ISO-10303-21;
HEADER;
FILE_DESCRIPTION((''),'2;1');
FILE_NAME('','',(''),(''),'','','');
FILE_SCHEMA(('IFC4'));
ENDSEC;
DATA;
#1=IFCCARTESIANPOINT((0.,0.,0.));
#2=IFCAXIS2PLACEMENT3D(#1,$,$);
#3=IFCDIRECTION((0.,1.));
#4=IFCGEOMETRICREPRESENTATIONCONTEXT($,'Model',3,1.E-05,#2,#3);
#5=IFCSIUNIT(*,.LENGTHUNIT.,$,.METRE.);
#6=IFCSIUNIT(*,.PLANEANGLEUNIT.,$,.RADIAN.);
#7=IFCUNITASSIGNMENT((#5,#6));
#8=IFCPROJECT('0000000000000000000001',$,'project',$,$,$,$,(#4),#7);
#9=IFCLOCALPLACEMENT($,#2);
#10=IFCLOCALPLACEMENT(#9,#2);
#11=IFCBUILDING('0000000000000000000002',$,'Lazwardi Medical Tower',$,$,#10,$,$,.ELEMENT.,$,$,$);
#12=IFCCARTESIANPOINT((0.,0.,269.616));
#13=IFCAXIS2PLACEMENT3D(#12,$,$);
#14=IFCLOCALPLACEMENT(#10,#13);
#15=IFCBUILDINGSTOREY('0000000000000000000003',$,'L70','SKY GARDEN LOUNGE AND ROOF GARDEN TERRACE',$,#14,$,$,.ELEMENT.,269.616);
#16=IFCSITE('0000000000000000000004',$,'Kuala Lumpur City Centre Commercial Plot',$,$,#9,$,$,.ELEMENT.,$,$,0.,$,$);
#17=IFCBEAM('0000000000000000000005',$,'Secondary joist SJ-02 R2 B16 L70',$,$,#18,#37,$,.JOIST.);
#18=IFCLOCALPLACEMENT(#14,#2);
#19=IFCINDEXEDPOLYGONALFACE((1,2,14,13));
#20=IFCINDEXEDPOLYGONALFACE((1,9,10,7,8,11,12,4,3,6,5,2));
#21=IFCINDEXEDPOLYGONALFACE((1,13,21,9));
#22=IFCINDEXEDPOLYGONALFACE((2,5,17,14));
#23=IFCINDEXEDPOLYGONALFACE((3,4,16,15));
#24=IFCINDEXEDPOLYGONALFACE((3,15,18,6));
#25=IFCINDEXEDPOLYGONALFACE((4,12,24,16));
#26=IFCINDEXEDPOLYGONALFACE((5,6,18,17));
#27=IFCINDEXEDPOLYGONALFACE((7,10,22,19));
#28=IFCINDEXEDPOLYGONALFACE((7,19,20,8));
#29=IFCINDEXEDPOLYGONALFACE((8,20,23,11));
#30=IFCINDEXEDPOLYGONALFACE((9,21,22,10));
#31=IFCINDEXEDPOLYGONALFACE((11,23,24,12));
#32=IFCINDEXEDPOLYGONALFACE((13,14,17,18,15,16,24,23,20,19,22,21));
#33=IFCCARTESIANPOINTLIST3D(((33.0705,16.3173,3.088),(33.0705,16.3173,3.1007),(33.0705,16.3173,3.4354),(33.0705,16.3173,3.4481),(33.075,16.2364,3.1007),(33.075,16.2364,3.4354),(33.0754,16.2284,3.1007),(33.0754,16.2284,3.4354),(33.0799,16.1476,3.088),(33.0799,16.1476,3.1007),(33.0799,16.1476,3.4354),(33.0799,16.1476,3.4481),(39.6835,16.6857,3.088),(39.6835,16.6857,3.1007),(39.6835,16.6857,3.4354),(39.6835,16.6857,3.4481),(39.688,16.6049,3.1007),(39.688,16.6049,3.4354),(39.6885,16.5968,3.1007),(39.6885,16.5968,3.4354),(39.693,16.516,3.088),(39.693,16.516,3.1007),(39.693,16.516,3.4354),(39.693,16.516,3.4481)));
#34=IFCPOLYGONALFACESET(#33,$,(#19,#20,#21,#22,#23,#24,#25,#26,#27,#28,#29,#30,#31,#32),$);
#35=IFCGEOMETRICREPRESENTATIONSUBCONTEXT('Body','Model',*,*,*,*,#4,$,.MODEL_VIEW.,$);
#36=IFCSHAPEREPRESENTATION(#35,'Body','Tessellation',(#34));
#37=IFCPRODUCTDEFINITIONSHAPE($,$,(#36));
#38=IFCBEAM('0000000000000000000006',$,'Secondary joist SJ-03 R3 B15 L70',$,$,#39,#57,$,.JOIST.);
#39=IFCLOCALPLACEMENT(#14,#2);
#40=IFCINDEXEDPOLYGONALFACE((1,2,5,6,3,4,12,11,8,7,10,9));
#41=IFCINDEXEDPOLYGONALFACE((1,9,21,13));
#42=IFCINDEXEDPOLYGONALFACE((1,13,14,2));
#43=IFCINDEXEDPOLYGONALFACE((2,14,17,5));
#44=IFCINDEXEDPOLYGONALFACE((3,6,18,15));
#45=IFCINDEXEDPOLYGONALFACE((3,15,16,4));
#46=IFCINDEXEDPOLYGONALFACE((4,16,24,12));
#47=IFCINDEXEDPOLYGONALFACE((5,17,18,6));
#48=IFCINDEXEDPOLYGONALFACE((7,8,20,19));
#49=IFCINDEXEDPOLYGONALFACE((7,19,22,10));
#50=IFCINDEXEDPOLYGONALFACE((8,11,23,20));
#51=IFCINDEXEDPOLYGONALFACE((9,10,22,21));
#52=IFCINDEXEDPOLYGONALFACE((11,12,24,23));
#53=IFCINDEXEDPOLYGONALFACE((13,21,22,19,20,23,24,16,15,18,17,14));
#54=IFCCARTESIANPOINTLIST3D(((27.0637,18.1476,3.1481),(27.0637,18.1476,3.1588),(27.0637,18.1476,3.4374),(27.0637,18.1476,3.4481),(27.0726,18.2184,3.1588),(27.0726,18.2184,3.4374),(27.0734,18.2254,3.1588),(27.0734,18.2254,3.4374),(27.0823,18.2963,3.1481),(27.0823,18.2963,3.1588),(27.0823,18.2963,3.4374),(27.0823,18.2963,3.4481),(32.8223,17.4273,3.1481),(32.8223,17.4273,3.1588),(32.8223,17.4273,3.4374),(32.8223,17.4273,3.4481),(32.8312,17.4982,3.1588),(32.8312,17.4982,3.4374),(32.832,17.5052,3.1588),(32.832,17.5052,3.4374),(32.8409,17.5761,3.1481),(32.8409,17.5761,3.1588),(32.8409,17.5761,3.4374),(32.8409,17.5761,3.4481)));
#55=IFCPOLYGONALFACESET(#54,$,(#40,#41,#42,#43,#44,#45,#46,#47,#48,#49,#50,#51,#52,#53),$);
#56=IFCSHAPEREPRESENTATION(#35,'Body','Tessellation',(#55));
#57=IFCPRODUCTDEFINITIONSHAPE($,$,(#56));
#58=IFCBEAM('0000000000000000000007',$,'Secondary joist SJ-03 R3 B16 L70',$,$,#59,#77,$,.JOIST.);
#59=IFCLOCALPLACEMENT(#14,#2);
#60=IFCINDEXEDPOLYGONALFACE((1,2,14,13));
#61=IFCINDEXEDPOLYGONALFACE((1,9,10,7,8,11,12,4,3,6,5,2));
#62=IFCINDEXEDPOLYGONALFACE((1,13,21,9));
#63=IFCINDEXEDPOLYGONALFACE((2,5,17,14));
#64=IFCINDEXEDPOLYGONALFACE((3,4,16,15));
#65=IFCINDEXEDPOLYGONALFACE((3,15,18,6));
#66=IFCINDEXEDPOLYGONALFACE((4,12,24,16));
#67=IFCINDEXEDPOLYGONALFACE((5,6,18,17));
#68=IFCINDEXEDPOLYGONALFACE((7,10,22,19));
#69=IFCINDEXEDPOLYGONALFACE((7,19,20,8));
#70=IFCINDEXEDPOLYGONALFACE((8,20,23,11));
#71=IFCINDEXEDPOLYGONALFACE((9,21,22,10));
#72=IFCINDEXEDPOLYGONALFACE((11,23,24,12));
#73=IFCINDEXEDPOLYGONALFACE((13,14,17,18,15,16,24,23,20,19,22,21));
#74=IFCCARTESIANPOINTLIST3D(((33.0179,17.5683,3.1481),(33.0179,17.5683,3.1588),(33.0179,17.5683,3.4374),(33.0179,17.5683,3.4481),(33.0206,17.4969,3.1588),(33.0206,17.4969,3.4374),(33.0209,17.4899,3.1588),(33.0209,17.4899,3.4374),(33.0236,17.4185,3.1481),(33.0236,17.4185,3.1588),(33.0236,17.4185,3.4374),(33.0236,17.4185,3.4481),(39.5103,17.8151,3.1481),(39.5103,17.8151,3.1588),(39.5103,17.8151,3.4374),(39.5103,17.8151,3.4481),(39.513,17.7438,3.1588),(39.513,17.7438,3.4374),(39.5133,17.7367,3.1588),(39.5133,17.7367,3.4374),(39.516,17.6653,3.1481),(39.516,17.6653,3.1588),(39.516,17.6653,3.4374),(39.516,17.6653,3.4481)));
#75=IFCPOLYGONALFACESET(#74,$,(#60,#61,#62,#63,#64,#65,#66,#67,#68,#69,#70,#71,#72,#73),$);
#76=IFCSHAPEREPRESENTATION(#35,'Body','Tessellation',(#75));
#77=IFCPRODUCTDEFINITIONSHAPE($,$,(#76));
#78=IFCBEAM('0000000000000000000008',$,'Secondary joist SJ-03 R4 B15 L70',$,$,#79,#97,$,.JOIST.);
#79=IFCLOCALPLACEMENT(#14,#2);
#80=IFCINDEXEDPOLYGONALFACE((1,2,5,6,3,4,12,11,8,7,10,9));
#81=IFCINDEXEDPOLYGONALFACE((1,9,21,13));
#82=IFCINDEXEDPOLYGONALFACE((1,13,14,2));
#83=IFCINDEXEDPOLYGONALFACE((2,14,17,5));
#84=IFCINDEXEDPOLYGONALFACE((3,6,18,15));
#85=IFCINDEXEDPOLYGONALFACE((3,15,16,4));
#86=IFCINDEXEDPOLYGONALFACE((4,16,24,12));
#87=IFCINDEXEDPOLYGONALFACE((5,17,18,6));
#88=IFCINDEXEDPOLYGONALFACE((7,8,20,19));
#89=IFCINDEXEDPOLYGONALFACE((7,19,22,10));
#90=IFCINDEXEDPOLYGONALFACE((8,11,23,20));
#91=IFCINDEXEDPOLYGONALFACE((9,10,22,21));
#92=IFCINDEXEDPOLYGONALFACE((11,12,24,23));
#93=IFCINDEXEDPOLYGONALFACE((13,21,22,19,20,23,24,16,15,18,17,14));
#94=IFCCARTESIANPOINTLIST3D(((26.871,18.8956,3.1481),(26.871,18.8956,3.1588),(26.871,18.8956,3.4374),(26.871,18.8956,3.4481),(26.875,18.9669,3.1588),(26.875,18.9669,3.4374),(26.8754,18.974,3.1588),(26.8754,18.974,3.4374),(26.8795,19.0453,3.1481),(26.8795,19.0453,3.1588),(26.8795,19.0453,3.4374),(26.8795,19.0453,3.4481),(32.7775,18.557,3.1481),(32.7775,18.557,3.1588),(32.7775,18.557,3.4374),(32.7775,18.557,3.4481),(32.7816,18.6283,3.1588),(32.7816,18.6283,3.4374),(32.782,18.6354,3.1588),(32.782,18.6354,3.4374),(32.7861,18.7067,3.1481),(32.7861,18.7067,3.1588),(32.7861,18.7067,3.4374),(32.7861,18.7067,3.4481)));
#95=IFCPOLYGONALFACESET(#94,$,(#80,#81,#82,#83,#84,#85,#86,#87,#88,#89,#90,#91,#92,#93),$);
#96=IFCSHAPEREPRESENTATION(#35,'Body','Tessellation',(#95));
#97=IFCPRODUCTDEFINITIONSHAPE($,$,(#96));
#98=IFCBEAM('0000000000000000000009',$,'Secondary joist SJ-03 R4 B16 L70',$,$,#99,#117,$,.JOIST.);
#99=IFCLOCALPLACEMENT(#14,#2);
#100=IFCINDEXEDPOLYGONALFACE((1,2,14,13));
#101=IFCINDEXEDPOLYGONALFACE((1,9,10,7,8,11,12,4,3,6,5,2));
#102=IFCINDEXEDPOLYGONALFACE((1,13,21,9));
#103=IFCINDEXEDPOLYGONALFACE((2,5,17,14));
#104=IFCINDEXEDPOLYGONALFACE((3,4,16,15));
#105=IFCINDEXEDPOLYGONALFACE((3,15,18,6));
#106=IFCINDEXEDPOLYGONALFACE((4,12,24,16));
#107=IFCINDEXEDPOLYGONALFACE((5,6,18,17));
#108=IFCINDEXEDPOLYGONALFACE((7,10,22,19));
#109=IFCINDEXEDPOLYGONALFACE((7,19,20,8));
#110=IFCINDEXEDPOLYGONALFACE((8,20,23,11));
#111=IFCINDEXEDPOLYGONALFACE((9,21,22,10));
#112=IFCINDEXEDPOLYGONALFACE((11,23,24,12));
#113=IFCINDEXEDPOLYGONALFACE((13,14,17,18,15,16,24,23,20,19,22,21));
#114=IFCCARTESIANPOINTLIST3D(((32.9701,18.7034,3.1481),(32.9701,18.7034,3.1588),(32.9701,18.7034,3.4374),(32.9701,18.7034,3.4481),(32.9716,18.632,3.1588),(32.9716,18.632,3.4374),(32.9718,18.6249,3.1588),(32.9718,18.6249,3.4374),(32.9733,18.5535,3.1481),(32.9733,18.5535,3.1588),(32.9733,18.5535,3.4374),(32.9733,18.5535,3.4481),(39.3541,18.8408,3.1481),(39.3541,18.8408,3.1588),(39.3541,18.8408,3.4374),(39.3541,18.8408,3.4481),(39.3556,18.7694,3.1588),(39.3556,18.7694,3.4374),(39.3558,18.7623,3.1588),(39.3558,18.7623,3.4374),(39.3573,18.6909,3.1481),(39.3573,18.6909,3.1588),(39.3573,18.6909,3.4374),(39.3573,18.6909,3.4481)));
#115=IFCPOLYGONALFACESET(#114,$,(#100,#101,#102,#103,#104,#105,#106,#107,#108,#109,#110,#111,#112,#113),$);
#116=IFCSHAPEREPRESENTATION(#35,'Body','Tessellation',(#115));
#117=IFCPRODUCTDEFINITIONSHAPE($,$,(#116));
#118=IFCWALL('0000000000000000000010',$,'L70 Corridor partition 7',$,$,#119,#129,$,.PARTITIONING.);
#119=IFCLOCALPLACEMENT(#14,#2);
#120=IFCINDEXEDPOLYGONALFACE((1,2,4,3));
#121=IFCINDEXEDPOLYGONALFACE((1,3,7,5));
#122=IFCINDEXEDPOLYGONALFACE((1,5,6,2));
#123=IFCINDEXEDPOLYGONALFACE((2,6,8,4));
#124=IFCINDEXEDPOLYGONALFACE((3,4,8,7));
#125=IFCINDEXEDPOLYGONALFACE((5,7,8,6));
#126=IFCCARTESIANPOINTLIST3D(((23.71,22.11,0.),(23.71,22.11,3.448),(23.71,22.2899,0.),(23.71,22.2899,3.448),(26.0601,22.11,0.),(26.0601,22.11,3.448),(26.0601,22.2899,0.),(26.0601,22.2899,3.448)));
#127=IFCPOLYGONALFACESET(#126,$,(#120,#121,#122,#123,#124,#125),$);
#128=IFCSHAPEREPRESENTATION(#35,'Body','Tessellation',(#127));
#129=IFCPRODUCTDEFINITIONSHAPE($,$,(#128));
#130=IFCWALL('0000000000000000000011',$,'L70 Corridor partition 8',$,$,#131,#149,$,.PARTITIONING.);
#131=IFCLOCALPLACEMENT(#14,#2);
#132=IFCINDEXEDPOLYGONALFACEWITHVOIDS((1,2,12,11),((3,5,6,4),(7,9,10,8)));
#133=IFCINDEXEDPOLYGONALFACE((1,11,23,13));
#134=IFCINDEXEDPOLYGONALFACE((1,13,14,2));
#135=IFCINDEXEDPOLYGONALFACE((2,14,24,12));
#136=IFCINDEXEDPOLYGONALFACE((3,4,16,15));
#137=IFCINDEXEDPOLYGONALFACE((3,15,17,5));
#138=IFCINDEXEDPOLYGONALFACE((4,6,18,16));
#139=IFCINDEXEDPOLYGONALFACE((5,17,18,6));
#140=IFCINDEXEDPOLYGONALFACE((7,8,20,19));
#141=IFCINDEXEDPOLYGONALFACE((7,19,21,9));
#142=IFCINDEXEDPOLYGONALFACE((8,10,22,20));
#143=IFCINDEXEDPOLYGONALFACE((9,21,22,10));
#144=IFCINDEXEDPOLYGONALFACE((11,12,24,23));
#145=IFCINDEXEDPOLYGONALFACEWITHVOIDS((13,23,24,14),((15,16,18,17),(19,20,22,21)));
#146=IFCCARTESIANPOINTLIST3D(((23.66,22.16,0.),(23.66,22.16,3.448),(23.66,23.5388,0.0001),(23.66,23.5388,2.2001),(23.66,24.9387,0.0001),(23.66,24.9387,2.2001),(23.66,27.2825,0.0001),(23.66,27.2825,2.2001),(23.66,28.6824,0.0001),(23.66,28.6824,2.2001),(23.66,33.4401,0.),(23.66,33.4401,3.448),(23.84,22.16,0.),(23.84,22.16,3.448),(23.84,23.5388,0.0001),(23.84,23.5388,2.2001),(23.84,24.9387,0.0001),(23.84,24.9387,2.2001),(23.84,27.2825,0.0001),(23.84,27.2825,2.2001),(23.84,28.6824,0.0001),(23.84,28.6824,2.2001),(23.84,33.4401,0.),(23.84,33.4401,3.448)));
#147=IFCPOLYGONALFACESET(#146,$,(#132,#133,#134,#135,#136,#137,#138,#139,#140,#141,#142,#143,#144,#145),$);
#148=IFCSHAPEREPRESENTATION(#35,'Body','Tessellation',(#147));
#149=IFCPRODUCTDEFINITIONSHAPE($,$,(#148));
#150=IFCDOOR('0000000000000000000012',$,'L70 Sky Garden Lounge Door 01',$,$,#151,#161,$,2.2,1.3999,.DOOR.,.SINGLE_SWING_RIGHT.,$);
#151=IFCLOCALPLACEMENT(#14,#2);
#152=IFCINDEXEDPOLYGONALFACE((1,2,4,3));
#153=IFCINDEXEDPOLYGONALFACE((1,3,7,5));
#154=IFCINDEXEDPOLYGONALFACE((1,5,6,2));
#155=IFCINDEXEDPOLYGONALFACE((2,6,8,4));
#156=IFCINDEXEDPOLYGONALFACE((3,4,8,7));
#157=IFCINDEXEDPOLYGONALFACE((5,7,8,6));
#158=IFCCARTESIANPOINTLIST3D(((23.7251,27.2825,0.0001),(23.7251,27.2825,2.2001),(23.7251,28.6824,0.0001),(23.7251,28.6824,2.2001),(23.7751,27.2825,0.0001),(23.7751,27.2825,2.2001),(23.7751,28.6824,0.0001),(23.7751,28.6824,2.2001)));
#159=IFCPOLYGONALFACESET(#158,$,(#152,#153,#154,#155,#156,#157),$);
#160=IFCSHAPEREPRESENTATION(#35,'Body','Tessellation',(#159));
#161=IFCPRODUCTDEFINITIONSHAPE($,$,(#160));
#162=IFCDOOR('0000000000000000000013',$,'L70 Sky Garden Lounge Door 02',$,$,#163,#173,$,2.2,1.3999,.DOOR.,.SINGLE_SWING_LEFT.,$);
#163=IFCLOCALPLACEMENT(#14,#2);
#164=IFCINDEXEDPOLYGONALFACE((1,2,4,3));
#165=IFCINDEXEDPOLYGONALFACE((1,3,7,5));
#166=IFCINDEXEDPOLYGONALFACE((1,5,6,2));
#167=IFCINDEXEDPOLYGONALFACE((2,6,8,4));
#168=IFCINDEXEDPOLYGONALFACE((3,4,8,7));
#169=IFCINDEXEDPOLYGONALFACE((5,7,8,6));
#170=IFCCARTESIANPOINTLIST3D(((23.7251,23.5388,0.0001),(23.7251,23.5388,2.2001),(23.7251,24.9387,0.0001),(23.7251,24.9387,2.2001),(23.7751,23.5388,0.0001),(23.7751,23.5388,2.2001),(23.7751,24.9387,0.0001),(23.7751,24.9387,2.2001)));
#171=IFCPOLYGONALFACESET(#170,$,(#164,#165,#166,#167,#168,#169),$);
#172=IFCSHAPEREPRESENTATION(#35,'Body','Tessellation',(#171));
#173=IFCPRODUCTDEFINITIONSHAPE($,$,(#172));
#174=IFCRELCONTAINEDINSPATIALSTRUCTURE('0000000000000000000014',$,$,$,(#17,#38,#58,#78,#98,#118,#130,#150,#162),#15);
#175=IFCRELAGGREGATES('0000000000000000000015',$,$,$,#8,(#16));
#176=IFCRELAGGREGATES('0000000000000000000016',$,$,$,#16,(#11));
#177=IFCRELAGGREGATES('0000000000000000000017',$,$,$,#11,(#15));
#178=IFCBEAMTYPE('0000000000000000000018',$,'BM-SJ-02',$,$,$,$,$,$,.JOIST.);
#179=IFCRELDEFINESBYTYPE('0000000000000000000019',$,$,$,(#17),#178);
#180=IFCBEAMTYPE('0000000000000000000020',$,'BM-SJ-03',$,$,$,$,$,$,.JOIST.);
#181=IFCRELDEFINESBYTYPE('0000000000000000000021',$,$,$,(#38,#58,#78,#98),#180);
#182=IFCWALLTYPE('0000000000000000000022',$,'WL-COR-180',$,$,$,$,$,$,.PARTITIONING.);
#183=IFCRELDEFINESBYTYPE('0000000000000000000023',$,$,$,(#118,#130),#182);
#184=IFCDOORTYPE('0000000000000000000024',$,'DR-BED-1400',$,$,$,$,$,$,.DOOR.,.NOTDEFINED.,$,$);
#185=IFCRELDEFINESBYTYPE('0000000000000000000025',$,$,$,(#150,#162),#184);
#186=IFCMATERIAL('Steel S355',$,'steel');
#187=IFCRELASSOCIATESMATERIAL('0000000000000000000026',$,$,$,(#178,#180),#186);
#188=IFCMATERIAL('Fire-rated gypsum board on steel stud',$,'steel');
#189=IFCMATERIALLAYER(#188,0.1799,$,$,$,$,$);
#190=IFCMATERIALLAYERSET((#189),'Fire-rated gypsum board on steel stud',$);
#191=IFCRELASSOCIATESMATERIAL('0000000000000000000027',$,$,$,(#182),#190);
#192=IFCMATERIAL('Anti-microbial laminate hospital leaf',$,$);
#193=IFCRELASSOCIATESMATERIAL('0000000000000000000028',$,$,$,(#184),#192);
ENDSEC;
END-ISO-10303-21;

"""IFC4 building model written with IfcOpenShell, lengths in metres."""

from ifc_helpers import new_model, si_unit, direction, frame, frame_2d, origin, origin_2d, place, context, subcontext, project, spatial, rectangle, i_section, extrude, material, layer, layer_set, material_profile, profile_set, type_object, element, fill, save


model = new_model("IFC4")

# Units and contexts
model_context = context("Model", 3, precision=1e-05, world=origin(), true_north=direction((0.0, 1.0)))
body_context = subcontext(model_context, "Body", "Model", "MODEL_VIEW")
ifc_project = project(units=[si_unit("LENGTHUNIT", "METRE"), si_unit("PLANEANGLEUNIT", "RADIAN")], contexts=[model_context])

# Site, building, storey
site_placement = place(None, origin())
site = spatial("IfcSite", under=ifc_project, at=site_placement, Name="Kuala Lumpur City Centre Commercial Plot", CompositionType="ELEMENT", RefElevation=0.0)
building_placement = place(site_placement, origin())
building = spatial("IfcBuilding", under=site, at=building_placement, Name="Lazwardi Medical Tower", CompositionType="ELEMENT")
storey_placement = place(building_placement, frame((0.0, 0.0, 269.616)))
storey = spatial("IfcBuildingStorey", under=building, at=storey_placement, Name="L70", Description="SKY GARDEN LOUNGE AND ROOF GARDEN TERRACE", CompositionType="ELEMENT", Elevation=269.616)

# Beams
ifc_material_1 = material(Name="Steel S355", Category="steel")
ifc_material_profile_1 = material_profile(ifc_material_1, i_section(OverallWidth=0.1699, OverallDepth=0.3601, WebThickness=0.0081, FlangeThickness=0.0127, at=origin_2d()), Name="IPE 360")
ifc_profile_set_1 = profile_set([ifc_material_profile_1], Name="Steel S355")
beam_type_1 = type_object("IfcBeamType", Name="BM-SJ-02", PredefinedType="JOIST", material=ifc_profile_set_1)
beam_1_placement = place(storey_placement, frame((33.0752, 16.2324, 3.2681), z_axis=(0.998452, 0.055623, 0.0), x_axis=(-0.055623, 0.998452, 0.0)))
element("IfcBeam", 1, at=beam_1_placement, inside=storey, type_object=beam_type_1, Name="Secondary joist SJ-02 R2 B16 L70", PredefinedType="JOIST", context=body_context, shape_type="SweptSolid", body=[
    extrude(i_section(OverallWidth=0.1699, OverallDepth=0.3601, WebThickness=0.0081, FlangeThickness=0.0127, at=origin_2d()), origin(), (0.0, 0.0, 1.0), 6.6233),
])
ifc_material_profile_2 = material_profile(ifc_material_1, i_section(OverallWidth=0.1499, OverallDepth=0.3, WebThickness=0.0071, FlangeThickness=0.0107, at=origin_2d()), Name="IPE 300")
ifc_profile_set_2 = profile_set([ifc_material_profile_2], Name="Steel S355")
beam_type_2 = type_object("IfcBeamType", Name="BM-SJ-03", PredefinedType="JOIST", material=ifc_profile_set_2)
beam_2_placement = place(storey_placement, frame((27.073, 18.2219, 3.2981), z_axis=(0.992269, -0.124102, 0.0), x_axis=(0.124102, 0.992269, 0.0)))
element("IfcBeam", 2, at=beam_2_placement, inside=storey, type_object=beam_type_2, Name="Secondary joist SJ-03 R3 B15 L70", PredefinedType="JOIST", context=body_context, shape_type="SweptSolid", body=[
    extrude(i_section(OverallWidth=0.1499, OverallDepth=0.3, WebThickness=0.0071, FlangeThickness=0.0107, at=origin_2d()), origin(), (0.0, 0.0, 1.0), 5.8035),
])
beam_3_placement = place(storey_placement, frame((33.0208, 17.4934, 3.2981), z_axis=(0.999278, 0.03799, 0.0), x_axis=(-0.03799, 0.999278, 0.0)))
element("IfcBeam", 3, at=beam_3_placement, inside=storey, type_object=beam_type_2, Name="Secondary joist SJ-03 R3 B16 L70", PredefinedType="JOIST", context=body_context, shape_type="SweptSolid", body=[
    extrude(i_section(OverallWidth=0.1499, OverallDepth=0.3, WebThickness=0.0071, FlangeThickness=0.0107, at=origin_2d()), origin(), (0.0, 0.0, 1.0), 6.4971),
])
beam_4_placement = place(storey_placement, frame((26.8752, 18.9705, 3.2981), z_axis=(0.998361, -0.057237, 0.0), x_axis=(0.057237, 0.998361, 0.0)))
element("IfcBeam", 4, at=beam_4_placement, inside=storey, type_object=beam_type_2, Name="Secondary joist SJ-03 R4 B15 L70", PredefinedType="JOIST", context=body_context, shape_type="SweptSolid", body=[
    extrude(i_section(OverallWidth=0.1499, OverallDepth=0.3, WebThickness=0.0071, FlangeThickness=0.0107, at=origin_2d()), origin(), (0.0, 0.0, 1.0), 5.9163),
])
beam_5_placement = place(storey_placement, frame((32.9717, 18.6284, 3.2981), z_axis=(0.999768, 0.021525, 0.0), x_axis=(-0.021525, 0.999768, 0.0)))
element("IfcBeam", 5, at=beam_5_placement, inside=storey, type_object=beam_type_2, Name="Secondary joist SJ-03 R4 B16 L70", PredefinedType="JOIST", context=body_context, shape_type="SweptSolid", body=[
    extrude(i_section(OverallWidth=0.1499, OverallDepth=0.3, WebThickness=0.0071, FlangeThickness=0.0107, at=origin_2d()), origin(), (0.0, 0.0, 1.0), 6.3855),
])

# Wall
ifc_material_2 = material(Name="Fire-rated gypsum board on steel stud", Category="steel")
ifc_layer_1 = layer(ifc_material_2, 0.1799)
ifc_layer_set_1 = layer_set([ifc_layer_1], Name="Fire-rated gypsum board on steel stud")
wall_type_1 = type_object("IfcWallType", Name="WL-COR-180", PredefinedType="PARTITIONING", material=ifc_layer_set_1)
wall_1_placement = place(storey_placement, frame((26.0601, 22.2, 0.0), z_axis=(0.0, 0.0, 1.0), x_axis=(-1.0, 0.0, 0.0)))
element("IfcWall", 6, at=wall_1_placement, inside=storey, type_object=wall_type_1, Name="L70 Corridor partition 7", PredefinedType="PARTITIONING", context=body_context, shape_type="SweptSolid", body=[
    extrude(rectangle(XDim=2.3501, YDim=0.1799, at=frame_2d((1.175, 0.0))), origin(), (0.0, 0.0, 1.0), 3.448),
])

# Wall, openings, doors
wall_2_placement = place(storey_placement, frame((23.75, 22.1599, 0.0), z_axis=(0.0, 0.0, 1.0), x_axis=(0.0, 1.0, 0.0)))
wall_2 = element("IfcWall", 7, at=wall_2_placement, inside=storey, type_object=wall_type_1, Name="L70 Corridor partition 8", PredefinedType="PARTITIONING", context=body_context, shape_type="SweptSolid", body=[
    extrude(rectangle(XDim=11.28, YDim=0.1799, at=frame_2d((5.6401, 0.0))), origin(), (0.0, 0.0, 1.0), 3.448),
])
opening_1_placement = place(wall_2_placement, frame((5.1226, 0.0, 0.0)))
opening_1 = element("IfcOpeningElement", 8, at=opening_1_placement, cuts=wall_2, PredefinedType="OPENING", context=body_context, shape_type="SweptSolid", body=[
    extrude(rectangle(XDim=1.3999, YDim=2.2, at=frame_2d((0.7, 1.1001))), frame((0.0, 0.0999, 0.0), z_axis=(0.0, -1.0, 0.0), x_axis=(1.0, 0.0, 0.0)), (0.0, 0.0, 1.0), 0.2),
])
opening_2_placement = place(wall_2_placement, frame((1.3789, 0.0, 0.0)))
opening_2 = element("IfcOpeningElement", 9, at=opening_2_placement, cuts=wall_2, PredefinedType="OPENING", context=body_context, shape_type="SweptSolid", body=[
    extrude(rectangle(XDim=1.3999, YDim=2.2, at=frame_2d((0.7, 1.1001))), frame((0.0, 0.0999, 0.0), z_axis=(0.0, -1.0, 0.0), x_axis=(1.0, 0.0, 0.0)), (0.0, 0.0, 1.0), 0.2),
])
ifc_material_3 = material(Name="Anti-microbial laminate hospital leaf")
door_type_1 = type_object("IfcDoorType", Name="DR-BED-1400", OperationType="NOTDEFINED", PredefinedType="DOOR", material=ifc_material_3)
door_1_placement = place(opening_1_placement, origin())
door_1 = element("IfcDoor", 10, at=door_1_placement, inside=storey, type_object=door_type_1, Name="L70 Sky Garden Lounge Door 01", OperationType="SINGLE_SWING_RIGHT", OverallHeight=2.2, OverallWidth=1.3999, PredefinedType="DOOR", context=body_context, shape_type="SweptSolid", body=[
    extrude(rectangle(XDim=1.3999, YDim=2.2, at=frame_2d((0.7, 1.1001))), frame((0.0, 0.0249, 0.0), z_axis=(0.0, -1.0, 0.0), x_axis=(1.0, 0.0, 0.0)), (0.0, 0.0, 1.0), 0.05),
])
fill(opening_1, door_1)
door_2_placement = place(opening_2_placement, origin())
door_2 = element("IfcDoor", 11, at=door_2_placement, inside=storey, type_object=door_type_1, Name="L70 Sky Garden Lounge Door 02", OperationType="SINGLE_SWING_LEFT", OverallHeight=2.2, OverallWidth=1.3999, PredefinedType="DOOR", context=body_context, shape_type="SweptSolid", body=[
    extrude(rectangle(XDim=1.3999, YDim=2.2, at=frame_2d((0.7, 1.1001))), frame((0.0, 0.0249, 0.0), z_axis=(0.0, -1.0, 0.0), x_axis=(1.0, 0.0, 0.0)), (0.0, 0.0, 1.0), 0.05),
])
fill(opening_2, door_2)

save(model, "model.ifc")
